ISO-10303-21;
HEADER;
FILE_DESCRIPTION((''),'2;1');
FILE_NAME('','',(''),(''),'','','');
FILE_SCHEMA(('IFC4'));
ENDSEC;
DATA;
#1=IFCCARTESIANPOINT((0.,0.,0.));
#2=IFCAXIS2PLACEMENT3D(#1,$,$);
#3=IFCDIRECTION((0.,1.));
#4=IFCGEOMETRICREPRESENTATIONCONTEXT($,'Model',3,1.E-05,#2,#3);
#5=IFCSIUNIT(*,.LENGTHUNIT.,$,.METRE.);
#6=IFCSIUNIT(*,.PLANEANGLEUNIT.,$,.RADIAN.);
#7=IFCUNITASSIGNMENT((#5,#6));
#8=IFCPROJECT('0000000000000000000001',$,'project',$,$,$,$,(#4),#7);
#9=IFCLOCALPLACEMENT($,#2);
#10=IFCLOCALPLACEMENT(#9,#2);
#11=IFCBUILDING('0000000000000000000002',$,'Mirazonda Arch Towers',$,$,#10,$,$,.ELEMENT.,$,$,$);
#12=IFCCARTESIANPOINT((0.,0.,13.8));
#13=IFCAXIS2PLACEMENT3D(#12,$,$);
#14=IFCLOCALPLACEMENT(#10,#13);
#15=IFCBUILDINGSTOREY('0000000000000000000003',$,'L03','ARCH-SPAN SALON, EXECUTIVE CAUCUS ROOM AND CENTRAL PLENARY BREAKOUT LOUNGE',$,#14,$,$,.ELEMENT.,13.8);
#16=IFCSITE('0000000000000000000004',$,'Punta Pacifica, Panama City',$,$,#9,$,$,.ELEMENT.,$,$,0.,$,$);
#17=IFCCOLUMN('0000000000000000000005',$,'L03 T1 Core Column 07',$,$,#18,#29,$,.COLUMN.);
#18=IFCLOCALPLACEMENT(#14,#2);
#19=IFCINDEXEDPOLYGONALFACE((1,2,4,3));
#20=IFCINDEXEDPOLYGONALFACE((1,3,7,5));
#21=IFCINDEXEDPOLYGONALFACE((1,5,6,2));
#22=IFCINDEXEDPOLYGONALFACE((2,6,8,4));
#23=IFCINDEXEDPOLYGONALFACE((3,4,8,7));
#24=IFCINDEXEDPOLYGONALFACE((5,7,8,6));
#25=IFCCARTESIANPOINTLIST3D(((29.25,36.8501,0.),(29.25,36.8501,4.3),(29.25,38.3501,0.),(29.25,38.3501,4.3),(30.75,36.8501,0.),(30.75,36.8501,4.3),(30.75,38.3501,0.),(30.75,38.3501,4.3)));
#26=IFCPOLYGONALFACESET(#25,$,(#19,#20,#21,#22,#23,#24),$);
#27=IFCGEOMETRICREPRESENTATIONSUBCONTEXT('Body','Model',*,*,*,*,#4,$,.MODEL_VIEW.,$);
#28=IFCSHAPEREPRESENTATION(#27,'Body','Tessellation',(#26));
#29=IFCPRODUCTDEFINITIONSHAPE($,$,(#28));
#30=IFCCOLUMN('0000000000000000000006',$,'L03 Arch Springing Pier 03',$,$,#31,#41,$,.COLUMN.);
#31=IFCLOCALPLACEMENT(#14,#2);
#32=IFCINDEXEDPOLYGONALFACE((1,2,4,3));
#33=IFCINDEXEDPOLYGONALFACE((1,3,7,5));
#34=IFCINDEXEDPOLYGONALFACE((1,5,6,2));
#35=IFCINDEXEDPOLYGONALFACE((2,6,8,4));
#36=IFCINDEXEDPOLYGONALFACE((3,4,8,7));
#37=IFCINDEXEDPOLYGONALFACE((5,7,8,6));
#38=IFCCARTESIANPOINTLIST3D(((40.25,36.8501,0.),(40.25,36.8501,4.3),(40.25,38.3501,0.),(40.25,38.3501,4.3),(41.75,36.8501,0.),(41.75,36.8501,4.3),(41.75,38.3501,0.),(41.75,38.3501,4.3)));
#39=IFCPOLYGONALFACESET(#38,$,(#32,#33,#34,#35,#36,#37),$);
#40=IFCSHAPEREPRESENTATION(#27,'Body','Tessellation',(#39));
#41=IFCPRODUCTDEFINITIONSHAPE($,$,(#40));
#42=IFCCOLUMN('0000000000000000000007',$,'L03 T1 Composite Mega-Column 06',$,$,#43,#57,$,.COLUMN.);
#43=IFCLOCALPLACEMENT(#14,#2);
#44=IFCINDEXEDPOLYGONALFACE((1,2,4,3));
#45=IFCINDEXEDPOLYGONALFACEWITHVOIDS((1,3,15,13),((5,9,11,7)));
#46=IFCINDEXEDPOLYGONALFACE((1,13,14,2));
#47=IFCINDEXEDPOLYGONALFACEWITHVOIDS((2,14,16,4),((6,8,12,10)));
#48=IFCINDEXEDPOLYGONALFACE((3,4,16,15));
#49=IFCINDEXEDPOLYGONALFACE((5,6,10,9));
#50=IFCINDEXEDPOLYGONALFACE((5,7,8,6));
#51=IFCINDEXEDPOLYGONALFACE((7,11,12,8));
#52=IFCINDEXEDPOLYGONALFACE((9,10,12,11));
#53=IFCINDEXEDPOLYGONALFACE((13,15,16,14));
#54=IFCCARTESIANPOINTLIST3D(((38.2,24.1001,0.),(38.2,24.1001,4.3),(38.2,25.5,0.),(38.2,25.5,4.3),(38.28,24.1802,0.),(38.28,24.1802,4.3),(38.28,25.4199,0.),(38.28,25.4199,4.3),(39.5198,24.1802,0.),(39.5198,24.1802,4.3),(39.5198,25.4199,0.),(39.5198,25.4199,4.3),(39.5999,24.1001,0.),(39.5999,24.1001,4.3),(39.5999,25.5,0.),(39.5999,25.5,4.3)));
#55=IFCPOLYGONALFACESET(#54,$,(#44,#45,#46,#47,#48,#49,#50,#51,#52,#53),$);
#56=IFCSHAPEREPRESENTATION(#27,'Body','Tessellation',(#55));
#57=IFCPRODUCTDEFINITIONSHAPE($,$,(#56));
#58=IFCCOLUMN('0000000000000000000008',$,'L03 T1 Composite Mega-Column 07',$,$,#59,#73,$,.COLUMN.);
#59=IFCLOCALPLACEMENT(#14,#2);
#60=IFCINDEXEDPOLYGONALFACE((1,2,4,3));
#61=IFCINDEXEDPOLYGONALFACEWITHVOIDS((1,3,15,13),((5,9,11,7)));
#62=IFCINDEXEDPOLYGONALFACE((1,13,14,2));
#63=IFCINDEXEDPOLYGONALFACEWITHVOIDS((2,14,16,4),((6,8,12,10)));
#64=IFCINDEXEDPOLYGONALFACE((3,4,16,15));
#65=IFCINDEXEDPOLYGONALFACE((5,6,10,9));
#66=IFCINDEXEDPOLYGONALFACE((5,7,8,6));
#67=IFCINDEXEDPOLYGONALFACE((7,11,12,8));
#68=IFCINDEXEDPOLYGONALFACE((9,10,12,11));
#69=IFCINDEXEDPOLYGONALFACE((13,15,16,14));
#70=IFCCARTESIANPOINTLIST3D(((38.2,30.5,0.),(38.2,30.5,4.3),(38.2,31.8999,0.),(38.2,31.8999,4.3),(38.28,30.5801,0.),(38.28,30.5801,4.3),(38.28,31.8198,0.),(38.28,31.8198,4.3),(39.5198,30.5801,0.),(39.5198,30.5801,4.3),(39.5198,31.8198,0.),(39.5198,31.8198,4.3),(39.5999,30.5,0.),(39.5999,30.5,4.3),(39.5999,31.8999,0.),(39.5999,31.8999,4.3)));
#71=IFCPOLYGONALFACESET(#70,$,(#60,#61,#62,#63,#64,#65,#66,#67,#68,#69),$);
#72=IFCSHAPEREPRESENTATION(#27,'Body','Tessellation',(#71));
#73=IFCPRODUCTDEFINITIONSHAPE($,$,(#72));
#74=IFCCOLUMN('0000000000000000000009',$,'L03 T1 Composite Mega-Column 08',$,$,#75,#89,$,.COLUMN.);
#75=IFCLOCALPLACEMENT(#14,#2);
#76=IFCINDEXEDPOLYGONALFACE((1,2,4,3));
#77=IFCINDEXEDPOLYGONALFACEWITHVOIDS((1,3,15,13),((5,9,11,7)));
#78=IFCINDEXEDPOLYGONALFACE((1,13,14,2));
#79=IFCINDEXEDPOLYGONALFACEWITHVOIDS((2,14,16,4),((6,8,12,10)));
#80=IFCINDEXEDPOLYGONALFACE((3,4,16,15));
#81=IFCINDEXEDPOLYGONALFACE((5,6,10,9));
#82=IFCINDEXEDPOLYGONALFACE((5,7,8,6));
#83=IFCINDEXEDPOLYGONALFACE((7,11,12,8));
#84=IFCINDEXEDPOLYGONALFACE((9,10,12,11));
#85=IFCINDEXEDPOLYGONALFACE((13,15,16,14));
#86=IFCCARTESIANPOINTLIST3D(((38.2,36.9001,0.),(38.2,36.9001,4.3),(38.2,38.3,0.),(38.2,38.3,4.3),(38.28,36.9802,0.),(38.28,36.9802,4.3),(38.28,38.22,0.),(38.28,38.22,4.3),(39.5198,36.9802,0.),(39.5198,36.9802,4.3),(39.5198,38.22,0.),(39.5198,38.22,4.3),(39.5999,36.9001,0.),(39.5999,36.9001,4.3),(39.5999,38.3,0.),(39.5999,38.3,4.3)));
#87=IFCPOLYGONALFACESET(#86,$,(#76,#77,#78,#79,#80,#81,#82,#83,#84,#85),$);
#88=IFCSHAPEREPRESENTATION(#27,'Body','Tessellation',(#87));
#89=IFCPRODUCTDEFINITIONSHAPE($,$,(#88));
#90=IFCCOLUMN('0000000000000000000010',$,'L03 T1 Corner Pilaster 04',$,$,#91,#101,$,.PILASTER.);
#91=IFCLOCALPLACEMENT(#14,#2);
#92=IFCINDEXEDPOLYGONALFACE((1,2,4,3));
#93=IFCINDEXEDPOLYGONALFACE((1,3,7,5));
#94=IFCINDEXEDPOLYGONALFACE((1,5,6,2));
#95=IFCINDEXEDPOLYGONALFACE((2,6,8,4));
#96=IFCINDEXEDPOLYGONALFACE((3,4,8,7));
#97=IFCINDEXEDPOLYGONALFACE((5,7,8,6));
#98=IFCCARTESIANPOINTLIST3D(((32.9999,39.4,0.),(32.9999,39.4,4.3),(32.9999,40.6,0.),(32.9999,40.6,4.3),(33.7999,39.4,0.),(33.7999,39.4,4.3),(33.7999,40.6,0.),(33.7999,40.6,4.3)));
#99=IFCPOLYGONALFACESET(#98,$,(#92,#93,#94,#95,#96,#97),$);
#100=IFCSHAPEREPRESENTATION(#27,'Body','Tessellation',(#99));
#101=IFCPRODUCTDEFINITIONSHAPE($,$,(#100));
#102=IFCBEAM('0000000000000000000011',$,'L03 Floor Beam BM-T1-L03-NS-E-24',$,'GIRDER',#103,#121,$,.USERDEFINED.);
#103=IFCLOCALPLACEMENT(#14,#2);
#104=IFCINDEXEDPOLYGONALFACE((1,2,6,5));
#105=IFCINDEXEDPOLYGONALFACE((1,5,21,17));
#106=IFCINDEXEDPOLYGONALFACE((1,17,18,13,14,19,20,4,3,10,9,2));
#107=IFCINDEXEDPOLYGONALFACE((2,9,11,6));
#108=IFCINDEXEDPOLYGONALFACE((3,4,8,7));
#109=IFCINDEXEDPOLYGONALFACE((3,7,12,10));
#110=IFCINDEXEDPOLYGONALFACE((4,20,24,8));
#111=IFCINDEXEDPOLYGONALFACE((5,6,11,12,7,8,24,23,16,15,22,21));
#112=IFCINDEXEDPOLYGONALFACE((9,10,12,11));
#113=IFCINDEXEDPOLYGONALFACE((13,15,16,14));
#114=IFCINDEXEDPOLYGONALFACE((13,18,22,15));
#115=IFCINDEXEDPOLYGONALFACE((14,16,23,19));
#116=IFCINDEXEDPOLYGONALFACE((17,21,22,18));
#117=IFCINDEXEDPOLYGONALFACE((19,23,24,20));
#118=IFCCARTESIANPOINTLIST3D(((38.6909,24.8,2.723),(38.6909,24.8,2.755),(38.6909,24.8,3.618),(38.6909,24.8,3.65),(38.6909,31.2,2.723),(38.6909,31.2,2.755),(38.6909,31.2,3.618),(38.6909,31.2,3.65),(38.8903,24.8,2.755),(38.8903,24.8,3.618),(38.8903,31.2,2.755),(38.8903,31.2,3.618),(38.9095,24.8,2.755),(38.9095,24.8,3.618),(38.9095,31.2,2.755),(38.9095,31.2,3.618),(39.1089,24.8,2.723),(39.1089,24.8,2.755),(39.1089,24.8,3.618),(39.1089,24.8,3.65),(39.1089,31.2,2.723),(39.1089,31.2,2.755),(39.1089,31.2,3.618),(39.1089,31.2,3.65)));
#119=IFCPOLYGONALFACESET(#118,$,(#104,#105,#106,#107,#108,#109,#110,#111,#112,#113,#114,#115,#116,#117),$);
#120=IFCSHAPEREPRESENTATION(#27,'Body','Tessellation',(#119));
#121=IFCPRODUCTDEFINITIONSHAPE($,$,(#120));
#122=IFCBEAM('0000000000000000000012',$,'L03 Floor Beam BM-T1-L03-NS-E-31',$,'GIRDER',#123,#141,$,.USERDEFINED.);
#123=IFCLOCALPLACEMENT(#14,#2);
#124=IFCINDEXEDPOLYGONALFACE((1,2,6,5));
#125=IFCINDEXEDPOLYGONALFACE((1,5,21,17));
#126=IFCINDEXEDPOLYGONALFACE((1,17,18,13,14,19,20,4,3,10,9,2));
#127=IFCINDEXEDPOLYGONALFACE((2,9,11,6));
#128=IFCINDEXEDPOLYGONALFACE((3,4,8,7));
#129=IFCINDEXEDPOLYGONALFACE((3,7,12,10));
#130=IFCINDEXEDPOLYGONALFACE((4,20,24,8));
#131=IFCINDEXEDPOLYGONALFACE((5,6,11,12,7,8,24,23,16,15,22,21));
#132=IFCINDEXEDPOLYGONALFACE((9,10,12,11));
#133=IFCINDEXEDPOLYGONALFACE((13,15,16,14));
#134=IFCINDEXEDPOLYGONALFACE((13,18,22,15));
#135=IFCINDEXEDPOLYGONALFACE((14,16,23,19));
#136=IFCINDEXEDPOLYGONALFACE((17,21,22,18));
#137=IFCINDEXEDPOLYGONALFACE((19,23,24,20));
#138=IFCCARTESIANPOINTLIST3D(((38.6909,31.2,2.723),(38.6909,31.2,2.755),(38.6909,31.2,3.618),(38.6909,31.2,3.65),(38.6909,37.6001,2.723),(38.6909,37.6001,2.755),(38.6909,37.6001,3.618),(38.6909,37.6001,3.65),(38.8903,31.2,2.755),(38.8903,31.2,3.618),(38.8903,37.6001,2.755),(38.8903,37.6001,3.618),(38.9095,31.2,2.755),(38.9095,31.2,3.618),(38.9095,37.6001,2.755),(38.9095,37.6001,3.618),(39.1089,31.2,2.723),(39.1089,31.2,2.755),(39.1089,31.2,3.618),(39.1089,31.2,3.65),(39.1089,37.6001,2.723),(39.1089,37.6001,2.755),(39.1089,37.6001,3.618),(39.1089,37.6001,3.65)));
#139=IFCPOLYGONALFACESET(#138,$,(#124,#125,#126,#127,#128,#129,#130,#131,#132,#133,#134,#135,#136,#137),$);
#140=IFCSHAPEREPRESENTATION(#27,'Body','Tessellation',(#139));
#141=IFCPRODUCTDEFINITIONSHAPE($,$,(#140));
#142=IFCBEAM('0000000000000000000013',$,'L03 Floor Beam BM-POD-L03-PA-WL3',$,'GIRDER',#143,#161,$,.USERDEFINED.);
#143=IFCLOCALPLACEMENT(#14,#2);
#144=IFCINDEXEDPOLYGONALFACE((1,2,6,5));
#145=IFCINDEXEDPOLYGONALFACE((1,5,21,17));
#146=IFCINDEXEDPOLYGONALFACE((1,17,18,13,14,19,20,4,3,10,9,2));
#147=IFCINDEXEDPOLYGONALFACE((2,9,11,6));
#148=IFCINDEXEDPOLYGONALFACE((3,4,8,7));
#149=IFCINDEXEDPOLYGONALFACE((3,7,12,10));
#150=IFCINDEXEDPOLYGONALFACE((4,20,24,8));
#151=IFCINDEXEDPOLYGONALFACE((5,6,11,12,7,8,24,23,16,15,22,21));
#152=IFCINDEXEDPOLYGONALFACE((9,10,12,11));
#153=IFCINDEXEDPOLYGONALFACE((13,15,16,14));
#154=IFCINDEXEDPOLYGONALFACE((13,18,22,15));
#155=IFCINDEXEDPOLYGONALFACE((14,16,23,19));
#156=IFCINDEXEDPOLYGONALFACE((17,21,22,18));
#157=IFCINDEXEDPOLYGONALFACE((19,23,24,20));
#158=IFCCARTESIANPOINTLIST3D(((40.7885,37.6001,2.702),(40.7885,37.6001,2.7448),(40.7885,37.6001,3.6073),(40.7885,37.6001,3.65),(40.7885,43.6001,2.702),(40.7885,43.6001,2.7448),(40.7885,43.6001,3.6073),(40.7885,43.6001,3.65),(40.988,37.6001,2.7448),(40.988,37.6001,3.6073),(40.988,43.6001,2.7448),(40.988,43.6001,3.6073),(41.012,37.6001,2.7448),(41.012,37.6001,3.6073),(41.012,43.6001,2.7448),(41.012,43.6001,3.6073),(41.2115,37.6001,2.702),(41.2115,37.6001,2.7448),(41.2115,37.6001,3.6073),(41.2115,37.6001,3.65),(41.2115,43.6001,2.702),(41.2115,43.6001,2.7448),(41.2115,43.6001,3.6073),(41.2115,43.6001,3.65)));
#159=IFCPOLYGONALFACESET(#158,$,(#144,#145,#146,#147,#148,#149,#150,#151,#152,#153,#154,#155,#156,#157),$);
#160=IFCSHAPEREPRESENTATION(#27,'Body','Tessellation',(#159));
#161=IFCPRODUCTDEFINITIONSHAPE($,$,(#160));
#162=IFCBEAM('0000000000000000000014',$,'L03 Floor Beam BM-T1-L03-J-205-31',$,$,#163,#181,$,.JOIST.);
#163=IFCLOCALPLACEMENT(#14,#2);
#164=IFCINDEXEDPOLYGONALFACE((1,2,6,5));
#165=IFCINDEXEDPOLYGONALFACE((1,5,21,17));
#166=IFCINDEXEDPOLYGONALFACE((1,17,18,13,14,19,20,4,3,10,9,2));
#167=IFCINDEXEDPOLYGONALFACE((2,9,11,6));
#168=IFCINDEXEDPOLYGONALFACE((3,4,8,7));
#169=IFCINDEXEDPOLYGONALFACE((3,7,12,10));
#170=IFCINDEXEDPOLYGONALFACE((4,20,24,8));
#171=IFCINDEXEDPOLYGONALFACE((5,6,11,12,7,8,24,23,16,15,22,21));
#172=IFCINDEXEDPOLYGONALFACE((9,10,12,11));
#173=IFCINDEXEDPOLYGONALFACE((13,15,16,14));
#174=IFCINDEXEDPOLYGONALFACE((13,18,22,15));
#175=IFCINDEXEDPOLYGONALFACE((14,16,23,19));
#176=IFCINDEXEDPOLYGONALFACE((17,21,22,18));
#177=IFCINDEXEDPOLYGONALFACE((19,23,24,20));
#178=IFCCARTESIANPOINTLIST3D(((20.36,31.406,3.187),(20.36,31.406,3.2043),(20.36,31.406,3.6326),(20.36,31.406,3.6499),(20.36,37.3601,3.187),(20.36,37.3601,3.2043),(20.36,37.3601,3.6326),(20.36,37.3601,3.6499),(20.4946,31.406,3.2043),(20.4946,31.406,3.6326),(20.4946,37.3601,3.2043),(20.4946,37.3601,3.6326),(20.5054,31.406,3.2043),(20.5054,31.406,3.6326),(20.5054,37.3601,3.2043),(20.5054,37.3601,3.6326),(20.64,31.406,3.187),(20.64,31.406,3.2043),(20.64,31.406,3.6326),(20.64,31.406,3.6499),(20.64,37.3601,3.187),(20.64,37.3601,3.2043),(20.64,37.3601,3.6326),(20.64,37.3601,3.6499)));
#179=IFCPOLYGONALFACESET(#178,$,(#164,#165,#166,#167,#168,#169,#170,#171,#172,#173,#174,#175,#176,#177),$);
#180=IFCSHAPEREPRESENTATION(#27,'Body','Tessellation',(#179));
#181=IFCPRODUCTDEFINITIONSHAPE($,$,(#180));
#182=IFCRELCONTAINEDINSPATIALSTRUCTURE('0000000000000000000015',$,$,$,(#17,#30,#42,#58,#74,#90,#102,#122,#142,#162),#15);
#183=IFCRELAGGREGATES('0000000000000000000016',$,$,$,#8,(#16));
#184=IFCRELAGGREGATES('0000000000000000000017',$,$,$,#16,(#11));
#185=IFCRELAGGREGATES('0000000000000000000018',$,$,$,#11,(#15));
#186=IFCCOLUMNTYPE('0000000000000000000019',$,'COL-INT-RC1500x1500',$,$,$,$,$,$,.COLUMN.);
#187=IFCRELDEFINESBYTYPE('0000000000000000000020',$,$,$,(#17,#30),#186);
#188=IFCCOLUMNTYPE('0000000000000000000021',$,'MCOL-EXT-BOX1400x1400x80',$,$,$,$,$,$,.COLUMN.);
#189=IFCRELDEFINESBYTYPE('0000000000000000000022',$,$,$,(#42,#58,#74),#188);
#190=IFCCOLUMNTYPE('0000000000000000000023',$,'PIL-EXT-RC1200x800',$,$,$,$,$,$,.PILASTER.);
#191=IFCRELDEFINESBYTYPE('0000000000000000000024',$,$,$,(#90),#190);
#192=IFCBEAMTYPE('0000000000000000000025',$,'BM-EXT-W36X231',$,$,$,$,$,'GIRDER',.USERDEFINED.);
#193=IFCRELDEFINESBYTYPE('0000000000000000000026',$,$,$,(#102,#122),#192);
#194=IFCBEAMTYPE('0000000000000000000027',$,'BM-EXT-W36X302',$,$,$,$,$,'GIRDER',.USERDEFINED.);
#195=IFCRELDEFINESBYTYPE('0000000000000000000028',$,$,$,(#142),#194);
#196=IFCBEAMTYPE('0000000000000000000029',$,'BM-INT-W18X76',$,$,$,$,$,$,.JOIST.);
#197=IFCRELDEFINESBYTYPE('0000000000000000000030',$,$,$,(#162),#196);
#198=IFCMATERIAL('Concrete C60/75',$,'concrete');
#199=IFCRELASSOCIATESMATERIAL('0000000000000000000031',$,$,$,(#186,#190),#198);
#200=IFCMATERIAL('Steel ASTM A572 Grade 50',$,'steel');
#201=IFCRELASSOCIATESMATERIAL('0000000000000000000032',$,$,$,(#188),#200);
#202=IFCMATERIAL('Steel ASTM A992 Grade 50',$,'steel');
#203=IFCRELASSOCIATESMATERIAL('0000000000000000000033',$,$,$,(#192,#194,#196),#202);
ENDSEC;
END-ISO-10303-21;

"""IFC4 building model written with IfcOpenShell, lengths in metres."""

from ifc_helpers import new_model, si_unit, direction, frame, origin, origin_2d, place, context, subcontext, project, spatial, rectangle, hollow_rectangle, i_section, extrude, material, material_profile, profile_set, type_object, element, save


model = new_model("IFC4")

# Units and contexts
model_context = context("Model", 3, precision=1e-05, world=origin(), true_north=direction((0.0, 1.0)))
body_context = subcontext(model_context, "Body", "Model", "MODEL_VIEW")
ifc_project = project(units=[si_unit("LENGTHUNIT", "METRE"), si_unit("PLANEANGLEUNIT", "RADIAN")], contexts=[model_context])

# Site, building, storey
site_placement = place(None, origin())
site = spatial("IfcSite", under=ifc_project, at=site_placement, Name="Punta Pacifica, Panama City", CompositionType="ELEMENT", RefElevation=0.0)
building_placement = place(site_placement, origin())
building = spatial("IfcBuilding", under=site, at=building_placement, Name="Mirazonda Arch Towers", CompositionType="ELEMENT")
storey_placement = place(building_placement, frame((0.0, 0.0, 13.8)))
storey = spatial("IfcBuildingStorey", under=building, at=storey_placement, Name="L03", Description="ARCH-SPAN SALON, EXECUTIVE CAUCUS ROOM AND CENTRAL PLENARY BREAKOUT LOUNGE", CompositionType="ELEMENT", Elevation=13.8)

# Columns
ifc_material_1 = material(Name="Concrete C60/75", Category="concrete")
ifc_material_profile_1 = material_profile(ifc_material_1, rectangle(XDim=1.5, YDim=1.5, at=origin_2d()), Name="RC1500x1500")
ifc_profile_set_1 = profile_set([ifc_material_profile_1], Name="Concrete C60/75")
column_type_1 = type_object("IfcColumnType", Name="COL-INT-RC1500x1500", PredefinedType="COLUMN", material=ifc_profile_set_1)
for number, where, z_axis, x_axis, name in (
    (1, (30.0, 37.6001, 0.0), (0.0, 0.0, 1.0), (1.0, 0.0, 0.0), "L03 T1 Core Column 07"),
    (2, (41.0, 37.6001, 0.0), (0.0, 0.0, 1.0), (1.0, 0.0, 0.0), "L03 Arch Springing Pier 03"),
):
    element("IfcColumn", number, at=place(storey_placement, frame(where, z_axis=z_axis, x_axis=x_axis)), inside=storey, type_object=column_type_1, Name=name, PredefinedType="COLUMN", context=body_context, shape_type="SweptSolid", body=[
        extrude(rectangle(XDim=1.5, YDim=1.5, at=origin_2d()), origin(), (0.0, 0.0, 1.0), 4.3),
    ])
ifc_material_2 = material(Name="Steel ASTM A572 Grade 50", Category="steel")
ifc_material_profile_2 = material_profile(ifc_material_2, hollow_rectangle(XDim=1.3999, YDim=1.3999, WallThickness=0.0801, at=origin_2d()), Name="BOX1400x1400x80")
ifc_profile_set_2 = profile_set([ifc_material_profile_2], Name="Steel ASTM A572 Grade 50")
column_type_2 = type_object("IfcColumnType", Name="MCOL-EXT-BOX1400x1400x80", PredefinedType="COLUMN", material=ifc_profile_set_2)
for number, where, z_axis, x_axis, name in (
    (3, (38.8999, 24.8, 0.0), (0.0, 0.0, 1.0), (1.0, 0.0, 0.0), "L03 T1 Composite Mega-Column 06"),
    (4, (38.8999, 31.2, 0.0), (0.0, 0.0, 1.0), (1.0, 0.0, 0.0), "L03 T1 Composite Mega-Column 07"),
    (5, (38.8999, 37.6001, 0.0), (0.0, 0.0, 1.0), (1.0, 0.0, 0.0), "L03 T1 Composite Mega-Column 08"),
):
    element("IfcColumn", number, at=place(storey_placement, frame(where, z_axis=z_axis, x_axis=x_axis)), inside=storey, type_object=column_type_2, Name=name, PredefinedType="COLUMN", context=body_context, shape_type="SweptSolid", body=[
        extrude(hollow_rectangle(XDim=1.3999, YDim=1.3999, WallThickness=0.0801, at=origin_2d()), origin(), (0.0, 0.0, 1.0), 4.3),
    ])
ifc_material_profile_3 = material_profile(ifc_material_1, rectangle(XDim=0.8, YDim=1.2, at=origin_2d()), Name="RC1200x800")
ifc_profile_set_3 = profile_set([ifc_material_profile_3], Name="Concrete C60/75")
column_type_3 = type_object("IfcColumnType", Name="PIL-EXT-RC1200x800", PredefinedType="PILASTER", material=ifc_profile_set_3)
column_placement = place(storey_placement, frame((33.3999, 40.0, 0.0), z_axis=(0.0, 0.0, 1.0), x_axis=(1.0, 0.0, 0.0)))
element("IfcColumn", 6, at=column_placement, inside=storey, type_object=column_type_3, Name="L03 T1 Corner Pilaster 04", PredefinedType="PILASTER", context=body_context, shape_type="SweptSolid", body=[
    extrude(rectangle(XDim=0.8, YDim=1.2, at=origin_2d()), origin(), (0.0, 0.0, 1.0), 4.3),
])

# Beams
ifc_material_3 = material(Name="Steel ASTM A992 Grade 50", Category="steel")
ifc_material_profile_4 = material_profile(ifc_material_3, i_section(OverallWidth=0.418, OverallDepth=0.927, WebThickness=0.0193, FlangeThickness=0.032, at=origin_2d()), Name="W36X231")
ifc_profile_set_4 = profile_set([ifc_material_profile_4], Name="Steel ASTM A992 Grade 50")
beam_type_1 = type_object("IfcBeamType", Name="BM-EXT-W36X231", ElementType="GIRDER", PredefinedType="USERDEFINED", material=ifc_profile_set_4)
beam_1_placement = place(storey_placement, frame((38.8999, 24.8, 3.1865), z_axis=(0.0, 1.0, 0.0), x_axis=(-1.0, 0.0, 0.0)))
element("IfcBeam", 7, at=beam_1_placement, inside=storey, type_object=beam_type_1, Name="L03 Floor Beam BM-T1-L03-NS-E-24", ObjectType="GIRDER", PredefinedType="USERDEFINED", context=body_context, shape_type="SweptSolid", body=[
    extrude(i_section(OverallWidth=0.418, OverallDepth=0.927, WebThickness=0.0193, FlangeThickness=0.032, at=origin_2d()), origin(), (0.0, 0.0, 1.0), 6.3999),
])
beam_2_placement = place(storey_placement, frame((38.8999, 31.2, 3.1865), z_axis=(0.0, 1.0, 0.0), x_axis=(-1.0, 0.0, 0.0)))
element("IfcBeam", 8, at=beam_2_placement, inside=storey, type_object=beam_type_1, Name="L03 Floor Beam BM-T1-L03-NS-E-31", ObjectType="GIRDER", PredefinedType="USERDEFINED", context=body_context, shape_type="SweptSolid", body=[
    extrude(i_section(OverallWidth=0.418, OverallDepth=0.927, WebThickness=0.0193, FlangeThickness=0.032, at=origin_2d()), origin(), (0.0, 0.0, 1.0), 6.4001),
])
ifc_material_profile_5 = material_profile(ifc_material_3, i_section(OverallWidth=0.4231, OverallDepth=0.948, WebThickness=0.0239, FlangeThickness=0.0427, at=origin_2d()), Name="W36X302")
ifc_profile_set_5 = profile_set([ifc_material_profile_5], Name="Steel ASTM A992 Grade 50")
beam_type_2 = type_object("IfcBeamType", Name="BM-EXT-W36X302", ElementType="GIRDER", PredefinedType="USERDEFINED", material=ifc_profile_set_5)
beam_3_placement = place(storey_placement, frame((41.0, 37.6001, 3.176), z_axis=(0.0, 1.0, 0.0), x_axis=(-1.0, 0.0, 0.0)))
element("IfcBeam", 9, at=beam_3_placement, inside=storey, type_object=beam_type_2, Name="L03 Floor Beam BM-POD-L03-PA-WL3", ObjectType="GIRDER", PredefinedType="USERDEFINED", context=body_context, shape_type="SweptSolid", body=[
    extrude(i_section(OverallWidth=0.4231, OverallDepth=0.948, WebThickness=0.0239, FlangeThickness=0.0427, at=origin_2d()), origin(), (0.0, 0.0, 1.0), 6.0),
])
ifc_material_profile_6 = material_profile(ifc_material_3, i_section(OverallWidth=0.28, OverallDepth=0.4629, WebThickness=0.0107, FlangeThickness=0.0173, at=origin_2d()), Name="W18X76")
ifc_profile_set_6 = profile_set([ifc_material_profile_6], Name="Steel ASTM A992 Grade 50")
beam_type_3 = type_object("IfcBeamType", Name="BM-INT-W18X76", PredefinedType="JOIST", material=ifc_profile_set_6)
beam_4_placement = place(storey_placement, frame((20.5, 31.406, 3.4185), z_axis=(0.0, 1.0, 0.0), x_axis=(-1.0, 0.0, 0.0)))
element("IfcBeam", 10, at=beam_4_placement, inside=storey, type_object=beam_type_3, Name="L03 Floor Beam BM-T1-L03-J-205-31", PredefinedType="JOIST", context=body_context, shape_type="SweptSolid", body=[
    extrude(i_section(OverallWidth=0.28, OverallDepth=0.4629, WebThickness=0.0107, FlangeThickness=0.0173, at=origin_2d()), origin(), (0.0, 0.0, 1.0), 5.9541),
])

save(model, "model.ifc")
